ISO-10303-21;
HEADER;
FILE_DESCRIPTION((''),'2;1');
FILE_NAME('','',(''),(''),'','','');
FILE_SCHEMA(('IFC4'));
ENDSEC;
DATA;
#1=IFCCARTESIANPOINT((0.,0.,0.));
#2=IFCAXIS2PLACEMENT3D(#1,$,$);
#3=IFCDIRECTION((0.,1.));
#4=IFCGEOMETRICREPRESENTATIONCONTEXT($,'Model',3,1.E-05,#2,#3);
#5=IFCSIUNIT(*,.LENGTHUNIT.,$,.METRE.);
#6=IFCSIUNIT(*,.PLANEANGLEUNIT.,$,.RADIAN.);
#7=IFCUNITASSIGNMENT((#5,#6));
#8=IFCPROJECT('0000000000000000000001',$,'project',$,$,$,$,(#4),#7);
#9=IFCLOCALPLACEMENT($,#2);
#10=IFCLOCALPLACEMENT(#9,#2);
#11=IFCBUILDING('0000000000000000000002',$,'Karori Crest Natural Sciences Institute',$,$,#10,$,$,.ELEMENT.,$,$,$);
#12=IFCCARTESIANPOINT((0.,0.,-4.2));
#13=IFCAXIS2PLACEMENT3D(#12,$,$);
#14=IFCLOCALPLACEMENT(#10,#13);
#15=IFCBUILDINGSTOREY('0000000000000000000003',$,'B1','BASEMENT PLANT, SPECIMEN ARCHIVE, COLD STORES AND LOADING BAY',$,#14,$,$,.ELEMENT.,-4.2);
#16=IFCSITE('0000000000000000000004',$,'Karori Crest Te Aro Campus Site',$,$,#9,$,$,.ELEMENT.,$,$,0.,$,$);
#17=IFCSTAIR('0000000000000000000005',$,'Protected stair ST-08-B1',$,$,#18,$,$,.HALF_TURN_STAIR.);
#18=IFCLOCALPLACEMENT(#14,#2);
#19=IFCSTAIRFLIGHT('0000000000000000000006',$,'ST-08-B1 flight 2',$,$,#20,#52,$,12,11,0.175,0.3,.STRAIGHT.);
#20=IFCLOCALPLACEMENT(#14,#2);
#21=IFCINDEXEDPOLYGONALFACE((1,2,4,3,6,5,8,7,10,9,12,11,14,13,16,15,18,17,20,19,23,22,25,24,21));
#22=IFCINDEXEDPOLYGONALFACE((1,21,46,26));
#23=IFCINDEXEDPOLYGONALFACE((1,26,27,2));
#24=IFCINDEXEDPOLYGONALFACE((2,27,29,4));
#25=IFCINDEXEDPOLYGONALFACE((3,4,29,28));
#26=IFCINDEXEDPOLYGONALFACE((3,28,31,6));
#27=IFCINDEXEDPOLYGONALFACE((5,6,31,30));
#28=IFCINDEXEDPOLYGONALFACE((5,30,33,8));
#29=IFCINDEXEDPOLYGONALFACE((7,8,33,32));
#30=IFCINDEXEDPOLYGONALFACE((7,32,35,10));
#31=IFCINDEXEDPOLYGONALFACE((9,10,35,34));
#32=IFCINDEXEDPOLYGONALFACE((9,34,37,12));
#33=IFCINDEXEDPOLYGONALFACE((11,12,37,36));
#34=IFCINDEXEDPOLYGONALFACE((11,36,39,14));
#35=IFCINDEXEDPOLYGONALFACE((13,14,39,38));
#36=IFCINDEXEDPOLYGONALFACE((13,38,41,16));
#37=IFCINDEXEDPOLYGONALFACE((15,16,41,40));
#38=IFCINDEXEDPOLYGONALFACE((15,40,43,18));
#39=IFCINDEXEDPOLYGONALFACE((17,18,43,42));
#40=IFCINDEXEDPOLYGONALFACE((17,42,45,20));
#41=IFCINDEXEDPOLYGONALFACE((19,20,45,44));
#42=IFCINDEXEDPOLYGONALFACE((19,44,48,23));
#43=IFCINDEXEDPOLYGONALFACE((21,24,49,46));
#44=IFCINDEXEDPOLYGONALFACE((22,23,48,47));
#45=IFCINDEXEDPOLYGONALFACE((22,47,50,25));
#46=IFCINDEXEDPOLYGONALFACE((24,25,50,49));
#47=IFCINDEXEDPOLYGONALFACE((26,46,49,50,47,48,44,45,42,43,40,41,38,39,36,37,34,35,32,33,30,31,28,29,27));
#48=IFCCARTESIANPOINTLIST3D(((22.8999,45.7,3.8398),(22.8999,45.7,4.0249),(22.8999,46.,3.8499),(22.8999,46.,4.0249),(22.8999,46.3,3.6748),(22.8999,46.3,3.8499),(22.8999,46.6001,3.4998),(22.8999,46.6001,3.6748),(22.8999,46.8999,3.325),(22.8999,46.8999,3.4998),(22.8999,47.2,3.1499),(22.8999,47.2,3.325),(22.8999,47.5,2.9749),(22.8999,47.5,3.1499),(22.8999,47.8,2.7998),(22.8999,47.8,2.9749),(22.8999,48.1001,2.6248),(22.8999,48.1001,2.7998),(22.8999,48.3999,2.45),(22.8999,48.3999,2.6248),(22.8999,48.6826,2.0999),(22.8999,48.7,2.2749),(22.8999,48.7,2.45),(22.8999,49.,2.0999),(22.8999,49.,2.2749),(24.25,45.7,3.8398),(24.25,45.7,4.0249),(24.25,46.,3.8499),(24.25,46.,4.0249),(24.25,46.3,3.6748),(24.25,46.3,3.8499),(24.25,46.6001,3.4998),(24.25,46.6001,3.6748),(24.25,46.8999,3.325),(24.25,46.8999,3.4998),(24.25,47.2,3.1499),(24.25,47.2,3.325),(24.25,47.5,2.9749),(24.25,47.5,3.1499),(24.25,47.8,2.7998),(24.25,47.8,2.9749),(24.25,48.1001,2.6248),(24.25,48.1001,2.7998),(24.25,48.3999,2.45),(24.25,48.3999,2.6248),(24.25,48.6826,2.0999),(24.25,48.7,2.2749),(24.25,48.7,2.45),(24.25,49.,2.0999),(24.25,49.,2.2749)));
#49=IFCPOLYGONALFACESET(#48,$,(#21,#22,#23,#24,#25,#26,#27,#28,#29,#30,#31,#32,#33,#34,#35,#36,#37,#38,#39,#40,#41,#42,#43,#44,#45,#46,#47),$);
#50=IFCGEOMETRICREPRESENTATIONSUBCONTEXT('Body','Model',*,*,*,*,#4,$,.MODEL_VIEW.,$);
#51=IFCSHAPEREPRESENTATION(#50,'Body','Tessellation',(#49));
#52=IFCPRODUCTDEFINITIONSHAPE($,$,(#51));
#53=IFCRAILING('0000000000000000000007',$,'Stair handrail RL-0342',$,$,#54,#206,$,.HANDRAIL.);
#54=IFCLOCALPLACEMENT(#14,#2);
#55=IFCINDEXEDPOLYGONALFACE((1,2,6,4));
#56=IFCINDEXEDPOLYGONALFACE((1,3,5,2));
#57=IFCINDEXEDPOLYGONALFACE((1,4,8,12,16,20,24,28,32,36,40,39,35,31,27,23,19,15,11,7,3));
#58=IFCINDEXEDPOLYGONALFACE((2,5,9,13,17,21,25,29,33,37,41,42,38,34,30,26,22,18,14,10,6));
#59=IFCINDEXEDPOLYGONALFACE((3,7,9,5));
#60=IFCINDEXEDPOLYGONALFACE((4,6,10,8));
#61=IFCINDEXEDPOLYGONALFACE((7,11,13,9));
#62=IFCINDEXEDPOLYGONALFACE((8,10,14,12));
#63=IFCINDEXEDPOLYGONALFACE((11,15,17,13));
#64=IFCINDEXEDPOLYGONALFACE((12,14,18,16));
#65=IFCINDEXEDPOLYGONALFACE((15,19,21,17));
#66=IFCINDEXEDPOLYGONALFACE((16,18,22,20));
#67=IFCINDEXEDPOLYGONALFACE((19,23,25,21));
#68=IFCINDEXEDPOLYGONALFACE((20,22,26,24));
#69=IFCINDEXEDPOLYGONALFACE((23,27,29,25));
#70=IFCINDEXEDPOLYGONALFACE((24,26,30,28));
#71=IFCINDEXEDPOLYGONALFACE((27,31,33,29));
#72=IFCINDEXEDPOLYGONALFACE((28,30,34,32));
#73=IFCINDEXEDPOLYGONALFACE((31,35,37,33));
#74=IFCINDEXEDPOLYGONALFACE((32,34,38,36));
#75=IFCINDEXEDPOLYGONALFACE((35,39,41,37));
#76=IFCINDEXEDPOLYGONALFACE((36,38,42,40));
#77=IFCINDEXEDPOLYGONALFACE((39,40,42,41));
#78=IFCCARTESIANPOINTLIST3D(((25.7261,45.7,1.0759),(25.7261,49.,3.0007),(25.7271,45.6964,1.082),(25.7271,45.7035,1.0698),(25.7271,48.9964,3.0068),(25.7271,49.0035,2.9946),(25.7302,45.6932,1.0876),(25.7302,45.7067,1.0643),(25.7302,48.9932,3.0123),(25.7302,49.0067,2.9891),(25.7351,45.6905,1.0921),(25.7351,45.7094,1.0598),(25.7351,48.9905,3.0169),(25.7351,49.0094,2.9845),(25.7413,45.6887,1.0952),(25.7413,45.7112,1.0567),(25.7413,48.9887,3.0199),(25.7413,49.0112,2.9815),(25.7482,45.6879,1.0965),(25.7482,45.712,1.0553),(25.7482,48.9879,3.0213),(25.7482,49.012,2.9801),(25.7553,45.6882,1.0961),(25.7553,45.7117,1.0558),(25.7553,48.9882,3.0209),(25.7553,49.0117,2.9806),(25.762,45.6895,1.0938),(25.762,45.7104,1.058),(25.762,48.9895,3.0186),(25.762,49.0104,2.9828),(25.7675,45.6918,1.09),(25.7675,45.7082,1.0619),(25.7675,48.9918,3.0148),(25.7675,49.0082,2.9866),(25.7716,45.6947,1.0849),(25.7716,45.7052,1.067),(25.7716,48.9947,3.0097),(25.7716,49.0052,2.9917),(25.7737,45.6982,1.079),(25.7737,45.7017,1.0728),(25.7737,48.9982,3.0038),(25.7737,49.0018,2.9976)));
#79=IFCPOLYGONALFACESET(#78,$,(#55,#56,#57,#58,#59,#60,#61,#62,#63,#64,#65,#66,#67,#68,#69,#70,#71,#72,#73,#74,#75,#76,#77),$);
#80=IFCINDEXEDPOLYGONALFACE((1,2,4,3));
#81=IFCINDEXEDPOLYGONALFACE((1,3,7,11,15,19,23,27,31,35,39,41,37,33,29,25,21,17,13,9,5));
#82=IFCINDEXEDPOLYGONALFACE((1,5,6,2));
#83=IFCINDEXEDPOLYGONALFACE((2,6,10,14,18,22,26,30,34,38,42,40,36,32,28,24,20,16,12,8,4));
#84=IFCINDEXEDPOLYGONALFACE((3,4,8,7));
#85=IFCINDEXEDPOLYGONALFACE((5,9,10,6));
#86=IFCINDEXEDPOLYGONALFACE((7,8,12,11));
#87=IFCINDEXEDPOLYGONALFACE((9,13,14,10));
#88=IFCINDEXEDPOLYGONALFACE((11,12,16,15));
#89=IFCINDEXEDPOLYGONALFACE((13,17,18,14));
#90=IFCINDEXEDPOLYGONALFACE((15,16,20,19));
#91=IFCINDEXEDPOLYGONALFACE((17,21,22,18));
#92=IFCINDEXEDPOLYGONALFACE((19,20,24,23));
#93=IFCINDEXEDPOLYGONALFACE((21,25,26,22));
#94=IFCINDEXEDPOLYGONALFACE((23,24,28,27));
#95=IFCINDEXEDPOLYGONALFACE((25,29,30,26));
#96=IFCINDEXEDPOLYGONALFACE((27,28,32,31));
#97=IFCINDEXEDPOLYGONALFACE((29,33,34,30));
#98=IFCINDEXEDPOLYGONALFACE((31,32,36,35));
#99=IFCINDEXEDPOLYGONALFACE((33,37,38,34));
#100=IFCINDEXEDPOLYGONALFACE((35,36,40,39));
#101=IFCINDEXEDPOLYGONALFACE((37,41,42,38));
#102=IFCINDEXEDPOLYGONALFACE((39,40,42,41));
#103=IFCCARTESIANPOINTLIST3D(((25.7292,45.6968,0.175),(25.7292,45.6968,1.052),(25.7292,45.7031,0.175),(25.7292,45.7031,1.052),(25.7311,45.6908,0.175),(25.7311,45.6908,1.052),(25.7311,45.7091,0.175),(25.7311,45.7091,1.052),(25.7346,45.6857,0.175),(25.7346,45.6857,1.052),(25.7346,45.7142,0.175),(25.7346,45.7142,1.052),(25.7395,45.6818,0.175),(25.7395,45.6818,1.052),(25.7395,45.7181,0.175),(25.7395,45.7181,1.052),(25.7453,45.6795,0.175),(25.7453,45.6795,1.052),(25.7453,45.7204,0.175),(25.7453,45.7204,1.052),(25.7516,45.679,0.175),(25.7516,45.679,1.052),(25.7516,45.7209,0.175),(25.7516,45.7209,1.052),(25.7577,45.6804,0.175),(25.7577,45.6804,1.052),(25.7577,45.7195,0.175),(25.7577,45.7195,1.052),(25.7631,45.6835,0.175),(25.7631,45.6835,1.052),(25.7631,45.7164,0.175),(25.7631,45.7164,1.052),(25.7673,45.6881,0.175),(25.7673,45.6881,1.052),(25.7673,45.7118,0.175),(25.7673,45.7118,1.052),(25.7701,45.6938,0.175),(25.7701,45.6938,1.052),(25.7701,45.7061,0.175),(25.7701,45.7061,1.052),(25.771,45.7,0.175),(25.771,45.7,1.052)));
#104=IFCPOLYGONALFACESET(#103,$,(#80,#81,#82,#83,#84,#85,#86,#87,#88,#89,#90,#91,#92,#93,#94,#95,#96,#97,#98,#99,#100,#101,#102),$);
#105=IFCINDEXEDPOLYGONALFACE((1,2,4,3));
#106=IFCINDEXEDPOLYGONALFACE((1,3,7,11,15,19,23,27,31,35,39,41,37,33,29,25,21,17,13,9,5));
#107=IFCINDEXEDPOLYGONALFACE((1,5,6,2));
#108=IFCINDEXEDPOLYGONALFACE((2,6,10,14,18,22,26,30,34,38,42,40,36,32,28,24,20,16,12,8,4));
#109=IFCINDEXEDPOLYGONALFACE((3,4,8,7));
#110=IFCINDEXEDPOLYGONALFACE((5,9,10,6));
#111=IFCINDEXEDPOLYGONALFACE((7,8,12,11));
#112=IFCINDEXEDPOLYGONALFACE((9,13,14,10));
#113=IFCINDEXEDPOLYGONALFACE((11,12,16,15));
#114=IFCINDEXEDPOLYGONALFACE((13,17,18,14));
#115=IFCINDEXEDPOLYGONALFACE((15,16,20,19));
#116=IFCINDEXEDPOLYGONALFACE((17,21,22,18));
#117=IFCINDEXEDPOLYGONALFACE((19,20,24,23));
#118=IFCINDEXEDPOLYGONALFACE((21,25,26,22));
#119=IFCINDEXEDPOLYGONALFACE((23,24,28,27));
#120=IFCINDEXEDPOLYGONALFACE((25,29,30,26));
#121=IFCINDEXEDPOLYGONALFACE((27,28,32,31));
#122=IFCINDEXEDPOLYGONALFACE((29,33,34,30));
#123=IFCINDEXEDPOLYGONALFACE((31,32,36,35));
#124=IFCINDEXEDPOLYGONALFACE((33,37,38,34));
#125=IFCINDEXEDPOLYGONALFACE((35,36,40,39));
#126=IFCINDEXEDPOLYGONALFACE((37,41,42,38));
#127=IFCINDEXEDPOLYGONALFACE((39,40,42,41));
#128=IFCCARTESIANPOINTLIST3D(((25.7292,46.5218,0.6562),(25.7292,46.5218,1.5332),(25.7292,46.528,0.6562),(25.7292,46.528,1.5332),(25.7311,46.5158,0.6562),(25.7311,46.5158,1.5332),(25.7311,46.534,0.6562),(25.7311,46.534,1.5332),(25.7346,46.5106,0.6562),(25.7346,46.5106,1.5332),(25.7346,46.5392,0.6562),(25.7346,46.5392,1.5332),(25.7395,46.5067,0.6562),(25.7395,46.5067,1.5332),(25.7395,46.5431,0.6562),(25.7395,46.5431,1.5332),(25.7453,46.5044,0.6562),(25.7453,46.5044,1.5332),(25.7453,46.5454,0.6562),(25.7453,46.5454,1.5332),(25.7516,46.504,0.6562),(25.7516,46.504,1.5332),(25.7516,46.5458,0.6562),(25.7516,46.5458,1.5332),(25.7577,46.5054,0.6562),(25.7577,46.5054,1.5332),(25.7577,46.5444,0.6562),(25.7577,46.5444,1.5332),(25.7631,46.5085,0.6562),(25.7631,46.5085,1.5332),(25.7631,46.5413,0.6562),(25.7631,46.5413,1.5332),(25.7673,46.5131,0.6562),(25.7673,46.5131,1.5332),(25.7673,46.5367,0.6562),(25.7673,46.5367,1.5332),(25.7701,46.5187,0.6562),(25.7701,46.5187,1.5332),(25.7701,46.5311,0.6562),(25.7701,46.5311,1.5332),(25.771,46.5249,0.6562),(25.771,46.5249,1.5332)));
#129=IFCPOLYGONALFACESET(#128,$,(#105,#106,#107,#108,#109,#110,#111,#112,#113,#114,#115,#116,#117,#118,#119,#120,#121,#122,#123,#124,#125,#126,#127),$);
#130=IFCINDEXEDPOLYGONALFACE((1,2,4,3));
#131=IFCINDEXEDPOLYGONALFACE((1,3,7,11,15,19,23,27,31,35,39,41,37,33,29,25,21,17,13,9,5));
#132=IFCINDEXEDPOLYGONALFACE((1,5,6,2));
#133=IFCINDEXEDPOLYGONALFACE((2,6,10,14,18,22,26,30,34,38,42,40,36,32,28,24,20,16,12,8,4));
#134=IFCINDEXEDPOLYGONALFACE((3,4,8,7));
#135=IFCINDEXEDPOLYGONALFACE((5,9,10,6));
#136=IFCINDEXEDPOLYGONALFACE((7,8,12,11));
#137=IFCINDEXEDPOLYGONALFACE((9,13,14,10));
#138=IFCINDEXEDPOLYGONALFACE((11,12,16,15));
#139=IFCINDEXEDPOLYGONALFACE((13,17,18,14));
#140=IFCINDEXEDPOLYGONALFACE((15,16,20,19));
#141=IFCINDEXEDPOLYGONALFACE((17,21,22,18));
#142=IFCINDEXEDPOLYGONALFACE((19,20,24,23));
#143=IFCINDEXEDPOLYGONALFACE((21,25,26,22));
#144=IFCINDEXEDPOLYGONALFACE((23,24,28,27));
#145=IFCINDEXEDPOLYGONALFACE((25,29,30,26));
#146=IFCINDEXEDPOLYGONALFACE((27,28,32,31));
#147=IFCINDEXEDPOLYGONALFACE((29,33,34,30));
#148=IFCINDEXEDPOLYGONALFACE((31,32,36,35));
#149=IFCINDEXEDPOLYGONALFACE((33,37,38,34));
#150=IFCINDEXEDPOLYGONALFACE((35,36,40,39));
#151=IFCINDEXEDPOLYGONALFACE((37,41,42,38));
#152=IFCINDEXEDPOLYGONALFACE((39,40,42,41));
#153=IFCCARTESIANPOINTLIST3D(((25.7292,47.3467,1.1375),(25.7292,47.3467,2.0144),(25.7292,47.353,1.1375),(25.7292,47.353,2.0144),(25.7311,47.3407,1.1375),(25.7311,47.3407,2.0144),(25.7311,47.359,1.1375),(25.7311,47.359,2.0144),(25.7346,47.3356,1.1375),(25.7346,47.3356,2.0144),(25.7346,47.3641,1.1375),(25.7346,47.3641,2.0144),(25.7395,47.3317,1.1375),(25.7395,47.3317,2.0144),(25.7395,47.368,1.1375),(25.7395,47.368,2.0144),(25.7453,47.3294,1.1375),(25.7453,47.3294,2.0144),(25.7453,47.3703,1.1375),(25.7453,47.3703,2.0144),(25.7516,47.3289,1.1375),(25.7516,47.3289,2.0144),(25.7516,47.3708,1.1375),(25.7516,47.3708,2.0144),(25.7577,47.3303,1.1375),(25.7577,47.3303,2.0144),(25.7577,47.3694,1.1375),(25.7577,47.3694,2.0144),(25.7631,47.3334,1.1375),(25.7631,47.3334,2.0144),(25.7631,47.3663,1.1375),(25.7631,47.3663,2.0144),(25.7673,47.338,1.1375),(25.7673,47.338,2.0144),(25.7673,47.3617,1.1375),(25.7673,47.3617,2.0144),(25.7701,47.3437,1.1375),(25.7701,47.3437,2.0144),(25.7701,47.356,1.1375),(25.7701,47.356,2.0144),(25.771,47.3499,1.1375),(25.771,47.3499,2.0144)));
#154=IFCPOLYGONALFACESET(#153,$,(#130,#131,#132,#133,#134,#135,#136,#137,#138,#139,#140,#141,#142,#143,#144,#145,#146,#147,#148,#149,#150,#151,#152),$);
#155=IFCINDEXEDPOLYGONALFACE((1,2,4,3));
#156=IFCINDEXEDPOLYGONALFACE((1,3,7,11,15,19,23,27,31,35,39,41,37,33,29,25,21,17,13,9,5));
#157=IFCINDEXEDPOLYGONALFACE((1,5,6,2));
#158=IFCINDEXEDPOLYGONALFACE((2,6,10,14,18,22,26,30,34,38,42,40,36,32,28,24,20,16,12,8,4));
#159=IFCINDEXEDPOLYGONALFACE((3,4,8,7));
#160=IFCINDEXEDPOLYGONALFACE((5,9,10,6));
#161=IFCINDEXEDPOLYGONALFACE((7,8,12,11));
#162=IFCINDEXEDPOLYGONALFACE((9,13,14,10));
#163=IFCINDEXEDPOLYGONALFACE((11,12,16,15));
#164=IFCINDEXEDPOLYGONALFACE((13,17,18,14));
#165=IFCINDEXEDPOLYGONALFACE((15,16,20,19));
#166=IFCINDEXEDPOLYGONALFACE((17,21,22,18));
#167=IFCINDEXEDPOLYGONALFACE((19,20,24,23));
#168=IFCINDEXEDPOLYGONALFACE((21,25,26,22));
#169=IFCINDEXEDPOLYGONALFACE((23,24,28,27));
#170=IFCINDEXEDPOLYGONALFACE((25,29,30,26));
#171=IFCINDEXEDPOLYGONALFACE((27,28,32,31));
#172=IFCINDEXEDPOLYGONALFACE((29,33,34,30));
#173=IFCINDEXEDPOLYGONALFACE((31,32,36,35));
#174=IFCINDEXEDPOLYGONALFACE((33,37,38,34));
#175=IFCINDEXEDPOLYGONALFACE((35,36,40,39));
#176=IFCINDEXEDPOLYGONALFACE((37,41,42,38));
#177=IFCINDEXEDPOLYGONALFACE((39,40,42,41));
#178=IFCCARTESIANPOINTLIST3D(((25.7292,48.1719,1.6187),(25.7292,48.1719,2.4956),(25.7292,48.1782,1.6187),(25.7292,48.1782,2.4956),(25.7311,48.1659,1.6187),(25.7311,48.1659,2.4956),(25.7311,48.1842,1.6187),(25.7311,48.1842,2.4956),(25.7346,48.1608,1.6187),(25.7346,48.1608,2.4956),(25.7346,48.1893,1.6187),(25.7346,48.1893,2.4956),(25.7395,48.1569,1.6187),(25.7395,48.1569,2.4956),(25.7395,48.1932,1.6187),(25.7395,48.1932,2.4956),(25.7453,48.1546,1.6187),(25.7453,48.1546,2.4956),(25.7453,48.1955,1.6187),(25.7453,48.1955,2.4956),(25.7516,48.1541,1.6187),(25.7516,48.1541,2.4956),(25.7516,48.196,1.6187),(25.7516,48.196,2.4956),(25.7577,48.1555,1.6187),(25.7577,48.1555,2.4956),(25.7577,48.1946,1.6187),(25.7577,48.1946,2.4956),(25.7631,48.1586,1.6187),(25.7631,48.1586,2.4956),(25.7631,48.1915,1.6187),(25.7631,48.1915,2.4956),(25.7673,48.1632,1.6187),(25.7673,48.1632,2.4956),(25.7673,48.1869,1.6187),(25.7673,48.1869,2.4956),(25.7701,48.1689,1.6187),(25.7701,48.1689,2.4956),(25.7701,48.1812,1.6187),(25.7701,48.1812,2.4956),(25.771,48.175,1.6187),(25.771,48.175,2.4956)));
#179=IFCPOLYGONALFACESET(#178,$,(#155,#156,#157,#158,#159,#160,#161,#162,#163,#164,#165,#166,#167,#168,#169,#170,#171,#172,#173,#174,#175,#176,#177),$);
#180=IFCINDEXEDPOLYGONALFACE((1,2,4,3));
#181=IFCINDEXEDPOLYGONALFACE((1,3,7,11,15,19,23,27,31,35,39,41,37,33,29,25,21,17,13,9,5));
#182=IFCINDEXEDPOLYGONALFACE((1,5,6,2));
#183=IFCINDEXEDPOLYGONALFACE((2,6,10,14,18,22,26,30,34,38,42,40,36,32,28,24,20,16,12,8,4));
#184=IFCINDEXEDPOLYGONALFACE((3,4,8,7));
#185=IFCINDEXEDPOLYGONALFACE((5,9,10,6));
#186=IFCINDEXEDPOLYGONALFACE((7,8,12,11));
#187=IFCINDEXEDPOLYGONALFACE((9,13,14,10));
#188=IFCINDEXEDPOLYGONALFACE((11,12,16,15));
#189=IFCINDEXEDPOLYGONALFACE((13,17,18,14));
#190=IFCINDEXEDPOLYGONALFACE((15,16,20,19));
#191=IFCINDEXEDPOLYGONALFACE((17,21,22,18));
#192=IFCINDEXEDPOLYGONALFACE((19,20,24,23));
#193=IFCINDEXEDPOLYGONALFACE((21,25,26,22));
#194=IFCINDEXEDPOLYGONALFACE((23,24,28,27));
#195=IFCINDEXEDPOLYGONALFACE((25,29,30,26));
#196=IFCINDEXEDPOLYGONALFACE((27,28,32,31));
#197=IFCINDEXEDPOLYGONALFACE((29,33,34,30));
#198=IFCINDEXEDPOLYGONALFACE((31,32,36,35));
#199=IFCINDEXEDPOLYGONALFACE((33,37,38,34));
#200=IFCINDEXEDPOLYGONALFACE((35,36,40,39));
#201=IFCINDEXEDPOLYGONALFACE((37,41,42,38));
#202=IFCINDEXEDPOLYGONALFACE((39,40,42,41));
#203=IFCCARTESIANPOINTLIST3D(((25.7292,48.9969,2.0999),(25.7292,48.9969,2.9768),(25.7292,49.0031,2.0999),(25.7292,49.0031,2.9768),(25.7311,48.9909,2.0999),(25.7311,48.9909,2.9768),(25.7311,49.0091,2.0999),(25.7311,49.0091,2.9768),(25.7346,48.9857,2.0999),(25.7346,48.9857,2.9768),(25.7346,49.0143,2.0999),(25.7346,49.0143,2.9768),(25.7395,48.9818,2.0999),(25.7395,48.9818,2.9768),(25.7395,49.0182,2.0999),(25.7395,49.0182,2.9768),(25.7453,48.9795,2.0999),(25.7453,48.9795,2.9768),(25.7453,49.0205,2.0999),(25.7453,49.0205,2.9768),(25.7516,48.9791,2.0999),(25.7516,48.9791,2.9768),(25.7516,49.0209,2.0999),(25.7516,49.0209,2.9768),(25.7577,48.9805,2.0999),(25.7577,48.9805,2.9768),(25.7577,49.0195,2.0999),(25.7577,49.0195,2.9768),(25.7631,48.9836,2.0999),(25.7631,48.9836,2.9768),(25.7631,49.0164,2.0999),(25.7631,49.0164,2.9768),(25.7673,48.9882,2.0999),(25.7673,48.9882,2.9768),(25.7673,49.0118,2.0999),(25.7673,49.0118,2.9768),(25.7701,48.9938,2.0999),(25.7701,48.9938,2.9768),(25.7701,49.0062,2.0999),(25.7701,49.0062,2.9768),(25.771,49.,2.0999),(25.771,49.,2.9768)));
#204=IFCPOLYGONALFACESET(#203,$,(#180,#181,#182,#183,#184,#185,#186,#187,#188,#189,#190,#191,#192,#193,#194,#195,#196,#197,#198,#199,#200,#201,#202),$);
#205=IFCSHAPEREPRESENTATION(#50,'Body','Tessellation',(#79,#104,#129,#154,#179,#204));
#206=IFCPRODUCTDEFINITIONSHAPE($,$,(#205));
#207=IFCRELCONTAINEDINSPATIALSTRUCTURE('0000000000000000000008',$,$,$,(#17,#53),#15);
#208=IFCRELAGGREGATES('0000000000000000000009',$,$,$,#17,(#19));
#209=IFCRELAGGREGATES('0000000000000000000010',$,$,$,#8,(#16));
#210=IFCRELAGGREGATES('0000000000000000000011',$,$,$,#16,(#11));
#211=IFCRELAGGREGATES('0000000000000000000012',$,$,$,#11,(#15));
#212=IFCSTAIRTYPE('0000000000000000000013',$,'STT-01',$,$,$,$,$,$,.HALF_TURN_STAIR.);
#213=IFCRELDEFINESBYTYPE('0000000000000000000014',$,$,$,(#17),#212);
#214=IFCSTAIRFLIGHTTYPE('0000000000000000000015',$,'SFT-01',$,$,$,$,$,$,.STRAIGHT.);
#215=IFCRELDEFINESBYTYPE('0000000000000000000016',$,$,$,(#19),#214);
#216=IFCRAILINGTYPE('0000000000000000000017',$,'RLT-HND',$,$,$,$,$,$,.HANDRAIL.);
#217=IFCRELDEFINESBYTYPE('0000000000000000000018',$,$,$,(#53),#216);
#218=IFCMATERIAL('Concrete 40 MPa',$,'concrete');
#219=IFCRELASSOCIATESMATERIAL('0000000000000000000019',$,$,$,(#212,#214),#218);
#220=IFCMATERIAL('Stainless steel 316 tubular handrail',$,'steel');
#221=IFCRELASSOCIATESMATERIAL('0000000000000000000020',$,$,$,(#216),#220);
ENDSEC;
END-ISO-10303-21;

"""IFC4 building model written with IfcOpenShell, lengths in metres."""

from ifc_helpers import new_model, si_unit, direction, frame, origin, origin_2d, place, context, subcontext, project, spatial, polyline, circle, outline, extrude, material, type_object, element, aggregate, save


model = new_model("IFC4")

# Units and contexts
model_context = context("Model", 3, precision=1e-05, world=origin(), true_north=direction((0.0, 1.0)))
body_context = subcontext(model_context, "Body", "Model", "MODEL_VIEW")
ifc_project = project(units=[si_unit("LENGTHUNIT", "METRE"), si_unit("PLANEANGLEUNIT", "RADIAN")], contexts=[model_context])

# Site, building, storey
site_placement = place(None, origin())
site = spatial("IfcSite", under=ifc_project, at=site_placement, Name="Karori Crest Te Aro Campus Site", CompositionType="ELEMENT", RefElevation=0.0)
building_placement = place(site_placement, origin())
building = spatial("IfcBuilding", under=site, at=building_placement, Name="Karori Crest Natural Sciences Institute", CompositionType="ELEMENT")
storey_placement = place(building_placement, frame((0.0, 0.0, -4.2)))
storey = spatial("IfcBuildingStorey", under=building, at=storey_placement, Name="B1", Description="BASEMENT PLANT, SPECIMEN ARCHIVE, COLD STORES AND LOADING BAY", CompositionType="ELEMENT", Elevation=-4.2)

# Shared definitions
ifc_material_1 = material(Name="Concrete 40 MPa", Category="concrete")

# Stair, stair flight
stair_type = type_object("IfcStairType", Name="STT-01", PredefinedType="HALF_TURN_STAIR", material=ifc_material_1)
stair_placement = place(storey_placement, origin())
stair = element("IfcStair", 1, at=stair_placement, inside=storey, type_object=stair_type, Name="Protected stair ST-08-B1", PredefinedType="HALF_TURN_STAIR")
stair_flight_type = type_object("IfcStairFlightType", Name="SFT-01", PredefinedType="STRAIGHT", material=ifc_material_1)
stair_flight_1_placement = place(storey_placement, frame((23.575, 49.0, 2.0999), z_axis=(0.0, 0.0, 1.0), x_axis=(0.0, -1.0, 0.0)))
stair_flight_1 = element("IfcStairFlight", 2, at=stair_flight_1_placement, type_object=stair_flight_type, Name="ST-08-B1 flight 2", NumberOfRisers=12, NumberOfTreads=11, PredefinedType="STRAIGHT", RiserHeight=0.175, TreadLength=0.3, context=body_context, shape_type="SweptSolid", body=[
    extrude(outline(polyline([(0.0, 0.0), (0.0, 0.175), (0.3, 0.175), (0.3, 0.3501), (0.6001, 0.3501), (0.6001, 0.5249), (0.8999, 0.5249), (0.8999, 0.7), (1.2, 0.7), (1.2, 0.875), (1.5, 0.875), (1.5, 1.05), (1.8, 1.05), (1.8, 1.2251), (2.1001, 1.2251), (2.1001, 1.3999), (2.3999, 1.3999), (2.3999, 1.575), (2.7, 1.575), (2.7, 1.75), (3.0, 1.75), (3.0, 1.925), (3.3, 1.925), (3.3, 2.1001), (3.3, 1.74), (0.3174, 0.0), (0.0, 0.0)])), frame((0.0, 0.675, 0.0), z_axis=(0.0, -1.0, 0.0), x_axis=(1.0, 0.0, 0.0)), (0.0, 0.0, 1.0), 1.3501),
])
aggregate(stair, [stair_flight_1])

# Railing
ifc_material_2 = material(Name="Stainless steel 316 tubular handrail", Category="steel")
railing_type_1 = type_object("IfcRailingType", Name="RLT-HND", PredefinedType="HANDRAIL", material=ifc_material_2)
railing_1_placement = place(storey_placement, frame((25.75, 45.7, 0.175)))
element("IfcRailing", 3, at=railing_1_placement, inside=storey, type_object=railing_type_1, Name="Stair handrail RL-0342", PredefinedType="HANDRAIL", context=body_context, shape_type="SweptSolid", body=[
    extrude(circle(Radius=0.0239, at=origin_2d()), frame((0.0, 0.0, 0.9009), z_axis=(0.0, 0.863804, 0.503827), x_axis=(-1.0, 0.0, 0.0)), (0.0, 0.0, 1.0), 3.8203),
    extrude(circle(Radius=0.021, at=origin_2d()), origin(), (0.0, 0.0, 1.0), 0.877),
    extrude(circle(Radius=0.021, at=origin_2d()), frame((0.0, 0.825, 0.4812)), (0.0, 0.0, 1.0), 0.877),
    extrude(circle(Radius=0.021, at=origin_2d()), frame((0.0, 1.6499, 0.9624)), (0.0, 0.0, 1.0), 0.877),
    extrude(circle(Radius=0.021, at=origin_2d()), frame((0.0, 2.4751, 1.4436)), (0.0, 0.0, 1.0), 0.877),
    extrude(circle(Radius=0.021, at=origin_2d()), frame((0.0, 3.3, 1.9248)), (0.0, 0.0, 1.0), 0.877),
])

save(model, "model.ifc")
